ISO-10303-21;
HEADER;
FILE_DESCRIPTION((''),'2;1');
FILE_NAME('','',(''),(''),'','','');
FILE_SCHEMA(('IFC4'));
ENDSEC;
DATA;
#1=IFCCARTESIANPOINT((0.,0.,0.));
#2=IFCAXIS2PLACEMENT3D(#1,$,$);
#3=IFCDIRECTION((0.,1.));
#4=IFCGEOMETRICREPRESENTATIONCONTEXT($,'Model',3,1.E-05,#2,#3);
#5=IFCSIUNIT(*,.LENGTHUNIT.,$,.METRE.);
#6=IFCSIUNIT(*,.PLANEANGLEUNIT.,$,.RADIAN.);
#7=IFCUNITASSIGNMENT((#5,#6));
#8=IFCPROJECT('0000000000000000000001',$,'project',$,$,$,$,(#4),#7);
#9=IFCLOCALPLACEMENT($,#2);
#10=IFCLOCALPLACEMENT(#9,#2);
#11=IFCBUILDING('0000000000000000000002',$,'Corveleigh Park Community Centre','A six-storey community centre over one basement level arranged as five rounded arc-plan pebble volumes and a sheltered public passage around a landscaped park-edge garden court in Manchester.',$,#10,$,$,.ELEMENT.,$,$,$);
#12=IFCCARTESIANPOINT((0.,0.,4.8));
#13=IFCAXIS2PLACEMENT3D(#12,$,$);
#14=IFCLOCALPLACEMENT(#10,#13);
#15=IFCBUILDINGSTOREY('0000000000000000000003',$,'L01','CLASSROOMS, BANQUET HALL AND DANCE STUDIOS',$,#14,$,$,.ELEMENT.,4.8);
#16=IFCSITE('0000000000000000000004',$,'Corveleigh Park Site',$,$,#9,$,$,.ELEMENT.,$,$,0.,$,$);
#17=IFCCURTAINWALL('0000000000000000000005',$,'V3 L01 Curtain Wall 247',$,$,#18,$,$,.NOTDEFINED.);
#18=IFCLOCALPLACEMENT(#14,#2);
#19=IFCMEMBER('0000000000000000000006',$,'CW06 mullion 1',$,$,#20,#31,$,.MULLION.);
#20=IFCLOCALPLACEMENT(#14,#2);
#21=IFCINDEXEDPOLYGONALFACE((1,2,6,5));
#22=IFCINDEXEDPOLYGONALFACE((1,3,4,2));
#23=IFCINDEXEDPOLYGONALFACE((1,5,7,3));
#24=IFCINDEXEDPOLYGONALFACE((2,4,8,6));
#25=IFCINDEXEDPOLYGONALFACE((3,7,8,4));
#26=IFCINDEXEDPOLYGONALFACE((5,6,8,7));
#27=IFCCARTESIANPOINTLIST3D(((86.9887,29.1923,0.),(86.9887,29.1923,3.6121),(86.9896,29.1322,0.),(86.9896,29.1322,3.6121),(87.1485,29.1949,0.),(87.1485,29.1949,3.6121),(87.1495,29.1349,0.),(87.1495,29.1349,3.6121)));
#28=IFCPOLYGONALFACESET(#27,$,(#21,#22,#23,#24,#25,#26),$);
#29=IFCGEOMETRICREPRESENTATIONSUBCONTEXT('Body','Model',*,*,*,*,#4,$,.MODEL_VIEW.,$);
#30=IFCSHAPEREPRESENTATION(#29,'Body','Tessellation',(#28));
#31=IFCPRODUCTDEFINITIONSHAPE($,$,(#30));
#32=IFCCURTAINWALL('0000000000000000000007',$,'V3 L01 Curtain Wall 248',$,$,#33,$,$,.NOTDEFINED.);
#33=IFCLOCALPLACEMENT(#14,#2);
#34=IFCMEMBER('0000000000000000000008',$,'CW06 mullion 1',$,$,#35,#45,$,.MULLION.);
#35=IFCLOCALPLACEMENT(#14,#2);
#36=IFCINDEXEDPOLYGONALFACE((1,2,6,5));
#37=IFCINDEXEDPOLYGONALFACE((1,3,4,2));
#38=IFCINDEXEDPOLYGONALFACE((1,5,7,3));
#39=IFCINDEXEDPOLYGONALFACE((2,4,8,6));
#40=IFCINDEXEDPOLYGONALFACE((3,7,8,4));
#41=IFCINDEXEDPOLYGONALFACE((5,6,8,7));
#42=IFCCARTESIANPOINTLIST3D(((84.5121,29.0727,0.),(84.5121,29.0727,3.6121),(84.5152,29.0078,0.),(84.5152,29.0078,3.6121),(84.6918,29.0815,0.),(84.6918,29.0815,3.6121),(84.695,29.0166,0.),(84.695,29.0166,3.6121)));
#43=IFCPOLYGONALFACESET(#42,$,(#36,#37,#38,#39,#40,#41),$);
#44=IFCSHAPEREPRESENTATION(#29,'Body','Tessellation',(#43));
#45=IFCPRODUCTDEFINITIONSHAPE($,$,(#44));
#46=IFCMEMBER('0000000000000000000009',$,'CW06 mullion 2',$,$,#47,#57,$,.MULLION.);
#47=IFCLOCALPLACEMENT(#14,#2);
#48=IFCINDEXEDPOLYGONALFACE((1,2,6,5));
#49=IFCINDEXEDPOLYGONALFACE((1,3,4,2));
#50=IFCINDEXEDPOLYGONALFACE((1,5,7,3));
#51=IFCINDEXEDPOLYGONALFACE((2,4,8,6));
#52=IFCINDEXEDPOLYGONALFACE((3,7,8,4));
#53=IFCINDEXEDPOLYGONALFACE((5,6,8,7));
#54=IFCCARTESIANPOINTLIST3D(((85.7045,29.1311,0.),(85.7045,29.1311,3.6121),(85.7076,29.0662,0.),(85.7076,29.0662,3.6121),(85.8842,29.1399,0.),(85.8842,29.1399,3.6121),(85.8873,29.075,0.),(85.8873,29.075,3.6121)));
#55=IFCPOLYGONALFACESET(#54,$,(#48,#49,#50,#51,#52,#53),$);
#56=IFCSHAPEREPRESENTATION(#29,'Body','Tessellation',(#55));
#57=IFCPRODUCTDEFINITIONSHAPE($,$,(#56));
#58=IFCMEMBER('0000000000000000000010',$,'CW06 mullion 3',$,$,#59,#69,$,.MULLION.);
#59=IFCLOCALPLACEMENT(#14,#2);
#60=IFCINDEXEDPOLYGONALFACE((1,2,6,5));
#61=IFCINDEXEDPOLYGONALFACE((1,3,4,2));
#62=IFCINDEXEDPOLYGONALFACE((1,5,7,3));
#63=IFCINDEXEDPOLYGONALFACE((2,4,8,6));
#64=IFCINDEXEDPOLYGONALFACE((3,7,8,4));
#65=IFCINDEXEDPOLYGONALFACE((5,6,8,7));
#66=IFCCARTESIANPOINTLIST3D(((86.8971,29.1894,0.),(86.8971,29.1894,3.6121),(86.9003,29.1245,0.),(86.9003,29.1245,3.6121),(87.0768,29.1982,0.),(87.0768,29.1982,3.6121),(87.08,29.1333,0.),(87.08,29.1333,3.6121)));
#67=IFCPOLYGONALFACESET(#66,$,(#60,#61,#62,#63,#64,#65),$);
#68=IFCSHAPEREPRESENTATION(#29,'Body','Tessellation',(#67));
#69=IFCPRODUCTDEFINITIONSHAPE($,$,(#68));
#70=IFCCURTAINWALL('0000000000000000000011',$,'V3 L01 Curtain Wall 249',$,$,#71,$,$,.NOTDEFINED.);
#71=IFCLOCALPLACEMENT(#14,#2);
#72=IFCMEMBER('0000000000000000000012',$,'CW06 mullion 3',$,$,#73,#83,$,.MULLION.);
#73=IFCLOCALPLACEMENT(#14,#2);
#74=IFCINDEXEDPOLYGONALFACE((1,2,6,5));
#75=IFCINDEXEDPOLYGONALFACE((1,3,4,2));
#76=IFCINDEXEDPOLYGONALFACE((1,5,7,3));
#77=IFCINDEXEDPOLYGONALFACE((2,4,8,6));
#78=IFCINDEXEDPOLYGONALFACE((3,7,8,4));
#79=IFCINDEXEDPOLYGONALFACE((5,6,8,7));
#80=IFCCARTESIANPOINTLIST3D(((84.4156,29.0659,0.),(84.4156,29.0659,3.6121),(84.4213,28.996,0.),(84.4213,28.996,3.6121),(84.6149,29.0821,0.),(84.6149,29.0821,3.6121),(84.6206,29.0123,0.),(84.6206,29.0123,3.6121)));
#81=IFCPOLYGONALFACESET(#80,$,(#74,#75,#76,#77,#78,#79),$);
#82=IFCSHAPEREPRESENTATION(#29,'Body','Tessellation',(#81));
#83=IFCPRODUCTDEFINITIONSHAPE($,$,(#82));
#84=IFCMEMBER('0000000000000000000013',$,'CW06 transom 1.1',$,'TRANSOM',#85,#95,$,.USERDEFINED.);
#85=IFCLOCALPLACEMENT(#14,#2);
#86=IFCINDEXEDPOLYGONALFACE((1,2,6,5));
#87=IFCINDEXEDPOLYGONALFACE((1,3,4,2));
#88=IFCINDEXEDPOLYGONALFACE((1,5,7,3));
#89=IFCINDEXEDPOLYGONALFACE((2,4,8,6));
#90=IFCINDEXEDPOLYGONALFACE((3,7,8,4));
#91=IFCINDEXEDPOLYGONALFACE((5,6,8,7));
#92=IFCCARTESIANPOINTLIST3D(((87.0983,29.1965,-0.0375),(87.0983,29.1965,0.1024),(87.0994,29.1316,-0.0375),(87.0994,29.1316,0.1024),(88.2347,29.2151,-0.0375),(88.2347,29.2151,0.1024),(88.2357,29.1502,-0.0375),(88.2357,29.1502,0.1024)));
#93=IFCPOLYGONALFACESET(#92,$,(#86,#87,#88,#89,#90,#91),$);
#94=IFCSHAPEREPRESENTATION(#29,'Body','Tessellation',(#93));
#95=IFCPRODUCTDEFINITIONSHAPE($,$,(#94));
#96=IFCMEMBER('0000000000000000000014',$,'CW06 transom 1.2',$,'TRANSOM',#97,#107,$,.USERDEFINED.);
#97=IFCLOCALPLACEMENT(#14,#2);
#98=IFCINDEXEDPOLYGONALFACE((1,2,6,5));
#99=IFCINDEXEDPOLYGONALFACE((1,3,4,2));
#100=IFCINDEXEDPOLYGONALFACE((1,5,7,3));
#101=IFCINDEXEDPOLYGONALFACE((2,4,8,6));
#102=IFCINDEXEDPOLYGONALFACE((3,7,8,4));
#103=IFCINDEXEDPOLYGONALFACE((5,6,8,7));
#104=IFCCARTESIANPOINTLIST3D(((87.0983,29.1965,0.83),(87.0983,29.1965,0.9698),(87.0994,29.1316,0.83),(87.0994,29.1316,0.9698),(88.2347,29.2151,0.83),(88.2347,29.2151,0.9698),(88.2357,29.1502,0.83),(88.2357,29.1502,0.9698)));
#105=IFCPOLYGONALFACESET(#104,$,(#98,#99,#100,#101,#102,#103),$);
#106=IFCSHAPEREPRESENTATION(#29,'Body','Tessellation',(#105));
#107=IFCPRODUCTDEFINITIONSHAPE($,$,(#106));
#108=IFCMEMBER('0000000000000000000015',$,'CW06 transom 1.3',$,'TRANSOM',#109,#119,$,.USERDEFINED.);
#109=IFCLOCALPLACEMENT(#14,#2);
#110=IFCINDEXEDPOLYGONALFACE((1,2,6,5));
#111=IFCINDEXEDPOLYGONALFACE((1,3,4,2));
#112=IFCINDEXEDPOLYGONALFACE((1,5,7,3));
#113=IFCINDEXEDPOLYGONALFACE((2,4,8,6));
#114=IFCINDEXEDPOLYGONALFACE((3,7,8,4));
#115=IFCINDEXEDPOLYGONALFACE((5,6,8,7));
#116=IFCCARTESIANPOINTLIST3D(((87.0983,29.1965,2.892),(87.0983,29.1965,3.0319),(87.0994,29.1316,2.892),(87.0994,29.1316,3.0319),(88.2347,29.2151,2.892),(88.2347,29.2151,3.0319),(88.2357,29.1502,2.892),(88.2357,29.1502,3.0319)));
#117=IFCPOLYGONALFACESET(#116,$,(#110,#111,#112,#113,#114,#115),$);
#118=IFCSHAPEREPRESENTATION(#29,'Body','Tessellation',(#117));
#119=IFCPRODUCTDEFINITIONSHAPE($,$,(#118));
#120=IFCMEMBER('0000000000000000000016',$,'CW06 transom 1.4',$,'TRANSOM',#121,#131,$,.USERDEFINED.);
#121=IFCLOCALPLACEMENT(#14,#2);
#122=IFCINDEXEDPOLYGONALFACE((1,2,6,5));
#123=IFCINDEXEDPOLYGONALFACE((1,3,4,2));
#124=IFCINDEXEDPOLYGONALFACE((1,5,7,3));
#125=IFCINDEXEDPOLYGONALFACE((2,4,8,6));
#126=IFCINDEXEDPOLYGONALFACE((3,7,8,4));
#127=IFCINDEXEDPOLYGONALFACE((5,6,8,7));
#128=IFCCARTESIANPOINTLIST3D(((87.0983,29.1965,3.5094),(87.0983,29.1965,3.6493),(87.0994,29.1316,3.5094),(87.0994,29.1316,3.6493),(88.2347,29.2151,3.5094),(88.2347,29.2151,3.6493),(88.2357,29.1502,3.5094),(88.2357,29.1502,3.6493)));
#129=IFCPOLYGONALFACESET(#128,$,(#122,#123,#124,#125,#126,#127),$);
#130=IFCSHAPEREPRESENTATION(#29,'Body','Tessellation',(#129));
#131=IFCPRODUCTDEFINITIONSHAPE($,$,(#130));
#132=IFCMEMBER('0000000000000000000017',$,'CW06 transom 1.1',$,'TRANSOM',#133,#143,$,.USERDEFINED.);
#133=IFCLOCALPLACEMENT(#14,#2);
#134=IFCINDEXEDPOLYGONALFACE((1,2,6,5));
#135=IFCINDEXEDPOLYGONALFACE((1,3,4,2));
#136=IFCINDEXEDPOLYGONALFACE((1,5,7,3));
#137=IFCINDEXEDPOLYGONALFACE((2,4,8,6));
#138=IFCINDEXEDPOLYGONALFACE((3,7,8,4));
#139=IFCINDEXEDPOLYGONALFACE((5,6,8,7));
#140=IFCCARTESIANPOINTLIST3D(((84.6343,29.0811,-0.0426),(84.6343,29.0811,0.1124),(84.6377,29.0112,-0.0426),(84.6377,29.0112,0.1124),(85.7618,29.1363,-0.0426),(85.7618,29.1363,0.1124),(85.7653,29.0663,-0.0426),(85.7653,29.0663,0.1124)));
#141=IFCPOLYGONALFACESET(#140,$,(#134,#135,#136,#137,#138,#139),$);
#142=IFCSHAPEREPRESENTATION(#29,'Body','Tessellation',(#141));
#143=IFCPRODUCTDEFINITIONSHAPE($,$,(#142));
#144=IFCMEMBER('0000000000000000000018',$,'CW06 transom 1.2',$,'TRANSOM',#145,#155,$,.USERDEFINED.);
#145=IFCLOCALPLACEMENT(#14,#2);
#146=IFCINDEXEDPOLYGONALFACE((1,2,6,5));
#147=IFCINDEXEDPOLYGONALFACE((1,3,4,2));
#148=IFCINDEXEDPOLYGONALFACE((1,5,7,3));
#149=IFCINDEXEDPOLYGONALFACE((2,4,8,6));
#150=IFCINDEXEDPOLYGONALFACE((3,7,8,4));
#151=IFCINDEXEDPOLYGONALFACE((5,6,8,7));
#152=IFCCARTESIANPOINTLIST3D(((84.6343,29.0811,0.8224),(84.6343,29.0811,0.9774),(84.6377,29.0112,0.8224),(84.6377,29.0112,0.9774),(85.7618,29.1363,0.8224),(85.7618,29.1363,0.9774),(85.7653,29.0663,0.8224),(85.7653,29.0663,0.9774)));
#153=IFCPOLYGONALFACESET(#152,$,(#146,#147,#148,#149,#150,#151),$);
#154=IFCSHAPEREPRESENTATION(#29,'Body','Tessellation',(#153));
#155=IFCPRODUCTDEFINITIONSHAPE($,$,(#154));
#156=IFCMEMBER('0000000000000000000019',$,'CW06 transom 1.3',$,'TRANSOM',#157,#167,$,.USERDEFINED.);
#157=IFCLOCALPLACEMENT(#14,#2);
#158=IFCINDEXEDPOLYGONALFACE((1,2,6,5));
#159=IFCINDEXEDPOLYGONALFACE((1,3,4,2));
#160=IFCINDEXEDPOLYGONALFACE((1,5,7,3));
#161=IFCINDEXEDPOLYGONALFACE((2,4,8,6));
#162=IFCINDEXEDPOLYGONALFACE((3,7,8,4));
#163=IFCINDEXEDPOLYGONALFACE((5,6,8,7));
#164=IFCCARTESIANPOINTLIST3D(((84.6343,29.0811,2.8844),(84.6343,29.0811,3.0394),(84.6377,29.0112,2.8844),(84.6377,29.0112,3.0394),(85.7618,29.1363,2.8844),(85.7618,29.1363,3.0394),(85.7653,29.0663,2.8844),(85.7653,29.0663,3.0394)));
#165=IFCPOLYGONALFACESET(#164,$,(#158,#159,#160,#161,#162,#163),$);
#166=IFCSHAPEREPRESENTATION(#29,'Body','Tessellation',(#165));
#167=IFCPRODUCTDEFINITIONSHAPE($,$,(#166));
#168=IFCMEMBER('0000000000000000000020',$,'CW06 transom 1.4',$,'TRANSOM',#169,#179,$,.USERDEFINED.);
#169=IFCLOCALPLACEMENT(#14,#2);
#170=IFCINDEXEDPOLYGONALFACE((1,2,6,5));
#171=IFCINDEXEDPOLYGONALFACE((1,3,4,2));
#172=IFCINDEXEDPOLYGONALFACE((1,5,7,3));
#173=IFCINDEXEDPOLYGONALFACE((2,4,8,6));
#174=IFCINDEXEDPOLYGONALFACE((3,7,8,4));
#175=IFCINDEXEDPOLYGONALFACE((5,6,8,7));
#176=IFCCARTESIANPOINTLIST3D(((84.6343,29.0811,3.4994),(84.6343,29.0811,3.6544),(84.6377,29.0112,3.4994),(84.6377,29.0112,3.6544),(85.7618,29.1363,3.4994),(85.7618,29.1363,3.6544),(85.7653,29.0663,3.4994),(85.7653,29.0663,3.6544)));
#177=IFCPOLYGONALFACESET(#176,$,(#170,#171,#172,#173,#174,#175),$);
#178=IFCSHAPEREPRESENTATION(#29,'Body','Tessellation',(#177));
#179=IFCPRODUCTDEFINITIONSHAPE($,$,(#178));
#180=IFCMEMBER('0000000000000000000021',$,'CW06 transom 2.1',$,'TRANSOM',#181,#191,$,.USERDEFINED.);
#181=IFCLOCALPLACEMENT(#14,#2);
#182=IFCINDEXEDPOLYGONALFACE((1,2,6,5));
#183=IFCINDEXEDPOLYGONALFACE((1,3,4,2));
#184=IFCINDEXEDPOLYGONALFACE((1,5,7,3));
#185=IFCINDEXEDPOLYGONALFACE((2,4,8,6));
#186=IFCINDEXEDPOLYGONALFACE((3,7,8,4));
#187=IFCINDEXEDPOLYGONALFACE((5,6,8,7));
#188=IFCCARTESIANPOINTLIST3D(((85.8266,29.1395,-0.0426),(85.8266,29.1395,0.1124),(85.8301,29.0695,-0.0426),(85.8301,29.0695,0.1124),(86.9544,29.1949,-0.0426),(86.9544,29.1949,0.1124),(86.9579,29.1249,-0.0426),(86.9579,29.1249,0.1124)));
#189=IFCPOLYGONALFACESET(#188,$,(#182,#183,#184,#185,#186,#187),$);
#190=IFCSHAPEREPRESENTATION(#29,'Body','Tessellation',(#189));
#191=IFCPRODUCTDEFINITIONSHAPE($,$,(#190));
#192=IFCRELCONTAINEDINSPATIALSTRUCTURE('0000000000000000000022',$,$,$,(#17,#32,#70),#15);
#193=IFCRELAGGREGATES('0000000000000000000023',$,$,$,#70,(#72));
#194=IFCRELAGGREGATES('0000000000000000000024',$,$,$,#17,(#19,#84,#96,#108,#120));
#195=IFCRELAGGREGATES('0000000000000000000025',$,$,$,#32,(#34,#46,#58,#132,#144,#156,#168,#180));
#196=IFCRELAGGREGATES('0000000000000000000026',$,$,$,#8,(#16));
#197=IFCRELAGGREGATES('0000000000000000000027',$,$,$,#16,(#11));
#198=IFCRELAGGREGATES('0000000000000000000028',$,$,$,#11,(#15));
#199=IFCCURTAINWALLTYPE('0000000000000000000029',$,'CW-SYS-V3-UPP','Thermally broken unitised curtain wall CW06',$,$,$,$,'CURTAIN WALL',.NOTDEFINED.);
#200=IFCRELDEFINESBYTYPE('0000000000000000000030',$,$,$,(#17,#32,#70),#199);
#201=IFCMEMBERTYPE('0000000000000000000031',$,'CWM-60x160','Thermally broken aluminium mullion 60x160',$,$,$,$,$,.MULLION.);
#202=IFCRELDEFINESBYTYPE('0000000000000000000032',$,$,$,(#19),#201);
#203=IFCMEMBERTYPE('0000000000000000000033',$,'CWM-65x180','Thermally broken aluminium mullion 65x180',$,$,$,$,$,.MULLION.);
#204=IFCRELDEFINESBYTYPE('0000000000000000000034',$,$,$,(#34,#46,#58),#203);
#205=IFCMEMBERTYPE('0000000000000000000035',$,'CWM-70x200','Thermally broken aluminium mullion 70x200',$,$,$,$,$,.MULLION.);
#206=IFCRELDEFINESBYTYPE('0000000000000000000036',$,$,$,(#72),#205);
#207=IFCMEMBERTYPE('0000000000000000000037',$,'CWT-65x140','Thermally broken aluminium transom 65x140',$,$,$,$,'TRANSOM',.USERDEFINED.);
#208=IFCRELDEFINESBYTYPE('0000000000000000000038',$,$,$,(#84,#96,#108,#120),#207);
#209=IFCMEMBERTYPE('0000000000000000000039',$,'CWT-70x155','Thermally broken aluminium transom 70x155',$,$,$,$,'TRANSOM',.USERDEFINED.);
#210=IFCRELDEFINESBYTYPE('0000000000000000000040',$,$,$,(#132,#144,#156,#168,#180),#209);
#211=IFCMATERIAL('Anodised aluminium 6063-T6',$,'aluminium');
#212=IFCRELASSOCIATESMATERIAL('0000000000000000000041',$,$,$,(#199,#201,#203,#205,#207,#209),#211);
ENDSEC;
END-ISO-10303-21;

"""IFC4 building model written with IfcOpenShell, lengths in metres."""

from ifc_helpers import new_model, si_unit, direction, frame, origin, origin_2d, place, context, subcontext, project, spatial, rectangle, extrude, material, material_profile, profile_set, type_object, element, aggregate, save


model = new_model("IFC4")

# Units and contexts
model_context = context("Model", 3, precision=1e-05, world=origin(), true_north=direction((0.0, 1.0)))
body_context = subcontext(model_context, "Body", "Model", "MODEL_VIEW")
ifc_project = project(units=[si_unit("LENGTHUNIT", "METRE"), si_unit("PLANEANGLEUNIT", "RADIAN")], contexts=[model_context])

# Site, building, storey
site_placement = place(None, origin())
site = spatial("IfcSite", under=ifc_project, at=site_placement, Name="Corveleigh Park Site", CompositionType="ELEMENT", RefElevation=0.0)
building_placement = place(site_placement, origin())
building = spatial("IfcBuilding", under=site, at=building_placement, Name="Corveleigh Park Community Centre", Description="A six-storey community centre over one basement level arranged as five rounded arc-plan pebble volumes and a sheltered public passage around a landscaped park-edge garden court in Manchester.", CompositionType="ELEMENT")
storey_placement = place(building_placement, frame((0.0, 0.0, 4.8)))
storey = spatial("IfcBuildingStorey", under=building, at=storey_placement, Name="L01", Description="CLASSROOMS, BANQUET HALL AND DANCE STUDIOS", CompositionType="ELEMENT", Elevation=4.8)

# Curtain wall, member
ifc_material_1 = material(Name="Anodised aluminium 6063-T6", Category="aluminium")
curtain_wall_type = type_object("IfcCurtainWallType", Name="CW-SYS-V3-UPP", Description="Thermally broken unitised curtain wall CW06", ElementType="CURTAIN WALL", PredefinedType="NOTDEFINED", material=ifc_material_1)
curtain_wall_1_placement = place(storey_placement, origin())
curtain_wall_1 = element("IfcCurtainWall", 1, at=curtain_wall_1_placement, inside=storey, type_object=curtain_wall_type, Name="V3 L01 Curtain Wall 247", PredefinedType="NOTDEFINED")
ifc_material_profile_1 = material_profile(ifc_material_1, rectangle(XDim=0.0601, YDim=0.1599, at=origin_2d()), Name="ALU-M60x160", Category="aluminium")
ifc_profile_set_1 = profile_set([ifc_material_profile_1], Name="Anodised aluminium 6063-T6")
member_type_1 = type_object("IfcMemberType", Name="CWM-60x160", Description="Thermally broken aluminium mullion 60x160", PredefinedType="MULLION", material=ifc_profile_set_1)
member_1_placement = place(storey_placement, frame((87.0691, 29.1636, 0.0), z_axis=(0.0, 0.0, 1.0), x_axis=(-0.016311, 0.999867, 0.0)))
member_1 = element("IfcMember", 2, at=member_1_placement, type_object=member_type_1, Name="CW06 mullion 1", PredefinedType="MULLION", context=body_context, shape_type="SweptSolid", body=[
    extrude(rectangle(XDim=0.0601, YDim=0.1599, at=origin_2d()), origin(), (0.0, 0.0, 1.0), 3.6121),
])

# Curtain wall, members
curtain_wall_2_placement = place(storey_placement, origin())
curtain_wall_2 = element("IfcCurtainWall", 3, at=curtain_wall_2_placement, inside=storey, type_object=curtain_wall_type, Name="V3 L01 Curtain Wall 248", PredefinedType="NOTDEFINED")
ifc_material_profile_2 = material_profile(ifc_material_1, rectangle(XDim=0.0649, YDim=0.1799, at=origin_2d()), Name="ALU-M65x180", Category="aluminium")
ifc_profile_set_2 = profile_set([ifc_material_profile_2], Name="Anodised aluminium 6063-T6")
member_type_2 = type_object("IfcMemberType", Name="CWM-65x180", Description="Thermally broken aluminium mullion 65x180", PredefinedType="MULLION", material=ifc_profile_set_2)
member_2_placement = place(storey_placement, frame((84.6035, 29.0447, 0.0), z_axis=(0.0, 0.0, 1.0), x_axis=(-0.048921, 0.998803, 0.0)))
member_2 = element("IfcMember", 4, at=member_2_placement, type_object=member_type_2, Name="CW06 mullion 1", PredefinedType="MULLION", context=body_context, shape_type="SweptSolid", body=[
    extrude(rectangle(XDim=0.0649, YDim=0.1799, at=origin_2d()), origin(), (0.0, 0.0, 1.0), 3.6121),
])
member_3_placement = place(storey_placement, frame((85.7959, 29.103, 0.0), z_axis=(0.0, 0.0, 1.0), x_axis=(-0.048921, 0.998803, 0.0)))
member_3 = element("IfcMember", 5, at=member_3_placement, type_object=member_type_2, Name="CW06 mullion 2", PredefinedType="MULLION", context=body_context, shape_type="SweptSolid", body=[
    extrude(rectangle(XDim=0.0649, YDim=0.1799, at=origin_2d()), origin(), (0.0, 0.0, 1.0), 3.6121),
])
member_4_placement = place(storey_placement, frame((86.9885, 29.1614, 0.0), z_axis=(0.0, 0.0, 1.0), x_axis=(-0.048921, 0.998803, 0.0)))
member_4 = element("IfcMember", 6, at=member_4_placement, type_object=member_type_2, Name="CW06 mullion 3", PredefinedType="MULLION", context=body_context, shape_type="SweptSolid", body=[
    extrude(rectangle(XDim=0.0649, YDim=0.1799, at=origin_2d()), origin(), (0.0, 0.0, 1.0), 3.6121),
])

# Curtain wall, member
curtain_wall_3_placement = place(storey_placement, origin())
curtain_wall_3 = element("IfcCurtainWall", 7, at=curtain_wall_3_placement, inside=storey, type_object=curtain_wall_type, Name="V3 L01 Curtain Wall 249", PredefinedType="NOTDEFINED")
ifc_material_profile_3 = material_profile(ifc_material_1, rectangle(XDim=0.0701, YDim=0.2, at=origin_2d()), Name="ALU-M70x200", Category="aluminium")
ifc_profile_set_3 = profile_set([ifc_material_profile_3], Name="Anodised aluminium 6063-T6")
member_type_3 = type_object("IfcMemberType", Name="CWM-70x200", Description="Thermally broken aluminium mullion 70x200", PredefinedType="MULLION", material=ifc_profile_set_3)
member_5_placement = place(storey_placement, frame((84.5181, 29.0391, 0.0), z_axis=(0.0, 0.0, 1.0), x_axis=(-0.081122, 0.996704, 0.0)))
member_5 = element("IfcMember", 8, at=member_5_placement, type_object=member_type_3, Name="CW06 mullion 3", PredefinedType="MULLION", context=body_context, shape_type="SweptSolid", body=[
    extrude(rectangle(XDim=0.0701, YDim=0.2, at=origin_2d()), origin(), (0.0, 0.0, 1.0), 3.6121),
])
aggregate(curtain_wall_3, [member_5])

# Members
ifc_material_profile_4 = material_profile(ifc_material_1, rectangle(XDim=0.0649, YDim=0.1399, at=origin_2d()), Name="ALU-T65x140", Category="aluminium")
ifc_profile_set_4 = profile_set([ifc_material_profile_4], Name="Anodised aluminium 6063-T6")
member_type_4 = type_object("IfcMemberType", Name="CWT-65x140", Description="Thermally broken aluminium transom 65x140", ElementType="TRANSOM", PredefinedType="USERDEFINED", material=ifc_profile_set_4)
member_6_placement = place(storey_placement, frame((87.0989, 29.1641, 0.0325), z_axis=(0.999867, 0.016328, 0.0), x_axis=(-0.016328, 0.999867, 0.0)))
member_6 = element("IfcMember", 9, at=member_6_placement, type_object=member_type_4, Name="CW06 transom 1.1", ObjectType="TRANSOM", PredefinedType="USERDEFINED", context=body_context, shape_type="SweptSolid", body=[
    extrude(rectangle(XDim=0.0649, YDim=0.1399, at=origin_2d()), origin(), (0.0, 0.0, 1.0), 1.1365),
])
member_7_placement = place(storey_placement, frame((87.0989, 29.1641, 0.8999), z_axis=(0.999867, 0.016328, 0.0), x_axis=(-0.016328, 0.999867, 0.0)))
member_7 = element("IfcMember", 10, at=member_7_placement, type_object=member_type_4, Name="CW06 transom 1.2", ObjectType="TRANSOM", PredefinedType="USERDEFINED", context=body_context, shape_type="SweptSolid", body=[
    extrude(rectangle(XDim=0.0649, YDim=0.1399, at=origin_2d()), origin(), (0.0, 0.0, 1.0), 1.1365),
])
member_8_placement = place(storey_placement, frame((87.0989, 29.1641, 2.9619), z_axis=(0.999867, 0.016328, 0.0), x_axis=(-0.016328, 0.999867, 0.0)))
member_8 = element("IfcMember", 11, at=member_8_placement, type_object=member_type_4, Name="CW06 transom 1.3", ObjectType="TRANSOM", PredefinedType="USERDEFINED", context=body_context, shape_type="SweptSolid", body=[
    extrude(rectangle(XDim=0.0649, YDim=0.1399, at=origin_2d()), origin(), (0.0, 0.0, 1.0), 1.1365),
])
member_9_placement = place(storey_placement, frame((87.0989, 29.1641, 3.5793), z_axis=(0.999867, 0.016328, 0.0), x_axis=(-0.016328, 0.999867, 0.0)))
member_9 = element("IfcMember", 12, at=member_9_placement, type_object=member_type_4, Name="CW06 transom 1.4", ObjectType="TRANSOM", PredefinedType="USERDEFINED", context=body_context, shape_type="SweptSolid", body=[
    extrude(rectangle(XDim=0.0649, YDim=0.1399, at=origin_2d()), origin(), (0.0, 0.0, 1.0), 1.1365),
])
ifc_material_profile_5 = material_profile(ifc_material_1, rectangle(XDim=0.0701, YDim=0.155, at=origin_2d()), Name="ALU-T70x155", Category="aluminium")
ifc_profile_set_5 = profile_set([ifc_material_profile_5], Name="Anodised aluminium 6063-T6")
member_type_5 = type_object("IfcMemberType", Name="CWT-70x155", Description="Thermally broken aluminium transom 70x155", ElementType="TRANSOM", PredefinedType="USERDEFINED", material=ifc_profile_set_5)
member_10_placement = place(storey_placement, frame((84.636, 29.0461, 0.0349), z_axis=(0.998805, 0.04888, 0.0), x_axis=(-0.04888, 0.998805, 0.0)))
member_10 = element("IfcMember", 13, at=member_10_placement, type_object=member_type_5, Name="CW06 transom 1.1", ObjectType="TRANSOM", PredefinedType="USERDEFINED", context=body_context, shape_type="SweptSolid", body=[
    extrude(rectangle(XDim=0.0701, YDim=0.155, at=origin_2d()), origin(), (0.0, 0.0, 1.0), 1.1289),
])
member_11_placement = place(storey_placement, frame((84.636, 29.0461, 0.8999), z_axis=(0.998805, 0.04888, 0.0), x_axis=(-0.04888, 0.998805, 0.0)))
member_11 = element("IfcMember", 14, at=member_11_placement, type_object=member_type_5, Name="CW06 transom 1.2", ObjectType="TRANSOM", PredefinedType="USERDEFINED", context=body_context, shape_type="SweptSolid", body=[
    extrude(rectangle(XDim=0.0701, YDim=0.155, at=origin_2d()), origin(), (0.0, 0.0, 1.0), 1.1289),
])
member_12_placement = place(storey_placement, frame((84.636, 29.0461, 2.9619), z_axis=(0.998805, 0.04888, 0.0), x_axis=(-0.04888, 0.998805, 0.0)))
member_12 = element("IfcMember", 15, at=member_12_placement, type_object=member_type_5, Name="CW06 transom 1.3", ObjectType="TRANSOM", PredefinedType="USERDEFINED", context=body_context, shape_type="SweptSolid", body=[
    extrude(rectangle(XDim=0.0701, YDim=0.155, at=origin_2d()), origin(), (0.0, 0.0, 1.0), 1.1289),
])
member_13_placement = place(storey_placement, frame((84.636, 29.0461, 3.5769), z_axis=(0.998805, 0.04888, 0.0), x_axis=(-0.04888, 0.998805, 0.0)))
member_13 = element("IfcMember", 16, at=member_13_placement, type_object=member_type_5, Name="CW06 transom 1.4", ObjectType="TRANSOM", PredefinedType="USERDEFINED", context=body_context, shape_type="SweptSolid", body=[
    extrude(rectangle(XDim=0.0701, YDim=0.155, at=origin_2d()), origin(), (0.0, 0.0, 1.0), 1.1289),
])
member_14_placement = place(storey_placement, frame((85.8284, 29.1045, 0.0349), z_axis=(0.998795, 0.049086, 0.0), x_axis=(-0.049086, 0.998795, 0.0)))
member_14 = element("IfcMember", 17, at=member_14_placement, type_object=member_type_5, Name="CW06 transom 2.1", ObjectType="TRANSOM", PredefinedType="USERDEFINED", context=body_context, shape_type="SweptSolid", body=[
    extrude(rectangle(XDim=0.0701, YDim=0.155, at=origin_2d()), origin(), (0.0, 0.0, 1.0), 1.1292),
])

aggregate(curtain_wall_1, [member_1, member_6, member_7, member_8, member_9])
aggregate(curtain_wall_2, [member_2, member_3, member_4, member_10, member_11, member_12, member_13, member_14])

save(model, "model.ifc")
